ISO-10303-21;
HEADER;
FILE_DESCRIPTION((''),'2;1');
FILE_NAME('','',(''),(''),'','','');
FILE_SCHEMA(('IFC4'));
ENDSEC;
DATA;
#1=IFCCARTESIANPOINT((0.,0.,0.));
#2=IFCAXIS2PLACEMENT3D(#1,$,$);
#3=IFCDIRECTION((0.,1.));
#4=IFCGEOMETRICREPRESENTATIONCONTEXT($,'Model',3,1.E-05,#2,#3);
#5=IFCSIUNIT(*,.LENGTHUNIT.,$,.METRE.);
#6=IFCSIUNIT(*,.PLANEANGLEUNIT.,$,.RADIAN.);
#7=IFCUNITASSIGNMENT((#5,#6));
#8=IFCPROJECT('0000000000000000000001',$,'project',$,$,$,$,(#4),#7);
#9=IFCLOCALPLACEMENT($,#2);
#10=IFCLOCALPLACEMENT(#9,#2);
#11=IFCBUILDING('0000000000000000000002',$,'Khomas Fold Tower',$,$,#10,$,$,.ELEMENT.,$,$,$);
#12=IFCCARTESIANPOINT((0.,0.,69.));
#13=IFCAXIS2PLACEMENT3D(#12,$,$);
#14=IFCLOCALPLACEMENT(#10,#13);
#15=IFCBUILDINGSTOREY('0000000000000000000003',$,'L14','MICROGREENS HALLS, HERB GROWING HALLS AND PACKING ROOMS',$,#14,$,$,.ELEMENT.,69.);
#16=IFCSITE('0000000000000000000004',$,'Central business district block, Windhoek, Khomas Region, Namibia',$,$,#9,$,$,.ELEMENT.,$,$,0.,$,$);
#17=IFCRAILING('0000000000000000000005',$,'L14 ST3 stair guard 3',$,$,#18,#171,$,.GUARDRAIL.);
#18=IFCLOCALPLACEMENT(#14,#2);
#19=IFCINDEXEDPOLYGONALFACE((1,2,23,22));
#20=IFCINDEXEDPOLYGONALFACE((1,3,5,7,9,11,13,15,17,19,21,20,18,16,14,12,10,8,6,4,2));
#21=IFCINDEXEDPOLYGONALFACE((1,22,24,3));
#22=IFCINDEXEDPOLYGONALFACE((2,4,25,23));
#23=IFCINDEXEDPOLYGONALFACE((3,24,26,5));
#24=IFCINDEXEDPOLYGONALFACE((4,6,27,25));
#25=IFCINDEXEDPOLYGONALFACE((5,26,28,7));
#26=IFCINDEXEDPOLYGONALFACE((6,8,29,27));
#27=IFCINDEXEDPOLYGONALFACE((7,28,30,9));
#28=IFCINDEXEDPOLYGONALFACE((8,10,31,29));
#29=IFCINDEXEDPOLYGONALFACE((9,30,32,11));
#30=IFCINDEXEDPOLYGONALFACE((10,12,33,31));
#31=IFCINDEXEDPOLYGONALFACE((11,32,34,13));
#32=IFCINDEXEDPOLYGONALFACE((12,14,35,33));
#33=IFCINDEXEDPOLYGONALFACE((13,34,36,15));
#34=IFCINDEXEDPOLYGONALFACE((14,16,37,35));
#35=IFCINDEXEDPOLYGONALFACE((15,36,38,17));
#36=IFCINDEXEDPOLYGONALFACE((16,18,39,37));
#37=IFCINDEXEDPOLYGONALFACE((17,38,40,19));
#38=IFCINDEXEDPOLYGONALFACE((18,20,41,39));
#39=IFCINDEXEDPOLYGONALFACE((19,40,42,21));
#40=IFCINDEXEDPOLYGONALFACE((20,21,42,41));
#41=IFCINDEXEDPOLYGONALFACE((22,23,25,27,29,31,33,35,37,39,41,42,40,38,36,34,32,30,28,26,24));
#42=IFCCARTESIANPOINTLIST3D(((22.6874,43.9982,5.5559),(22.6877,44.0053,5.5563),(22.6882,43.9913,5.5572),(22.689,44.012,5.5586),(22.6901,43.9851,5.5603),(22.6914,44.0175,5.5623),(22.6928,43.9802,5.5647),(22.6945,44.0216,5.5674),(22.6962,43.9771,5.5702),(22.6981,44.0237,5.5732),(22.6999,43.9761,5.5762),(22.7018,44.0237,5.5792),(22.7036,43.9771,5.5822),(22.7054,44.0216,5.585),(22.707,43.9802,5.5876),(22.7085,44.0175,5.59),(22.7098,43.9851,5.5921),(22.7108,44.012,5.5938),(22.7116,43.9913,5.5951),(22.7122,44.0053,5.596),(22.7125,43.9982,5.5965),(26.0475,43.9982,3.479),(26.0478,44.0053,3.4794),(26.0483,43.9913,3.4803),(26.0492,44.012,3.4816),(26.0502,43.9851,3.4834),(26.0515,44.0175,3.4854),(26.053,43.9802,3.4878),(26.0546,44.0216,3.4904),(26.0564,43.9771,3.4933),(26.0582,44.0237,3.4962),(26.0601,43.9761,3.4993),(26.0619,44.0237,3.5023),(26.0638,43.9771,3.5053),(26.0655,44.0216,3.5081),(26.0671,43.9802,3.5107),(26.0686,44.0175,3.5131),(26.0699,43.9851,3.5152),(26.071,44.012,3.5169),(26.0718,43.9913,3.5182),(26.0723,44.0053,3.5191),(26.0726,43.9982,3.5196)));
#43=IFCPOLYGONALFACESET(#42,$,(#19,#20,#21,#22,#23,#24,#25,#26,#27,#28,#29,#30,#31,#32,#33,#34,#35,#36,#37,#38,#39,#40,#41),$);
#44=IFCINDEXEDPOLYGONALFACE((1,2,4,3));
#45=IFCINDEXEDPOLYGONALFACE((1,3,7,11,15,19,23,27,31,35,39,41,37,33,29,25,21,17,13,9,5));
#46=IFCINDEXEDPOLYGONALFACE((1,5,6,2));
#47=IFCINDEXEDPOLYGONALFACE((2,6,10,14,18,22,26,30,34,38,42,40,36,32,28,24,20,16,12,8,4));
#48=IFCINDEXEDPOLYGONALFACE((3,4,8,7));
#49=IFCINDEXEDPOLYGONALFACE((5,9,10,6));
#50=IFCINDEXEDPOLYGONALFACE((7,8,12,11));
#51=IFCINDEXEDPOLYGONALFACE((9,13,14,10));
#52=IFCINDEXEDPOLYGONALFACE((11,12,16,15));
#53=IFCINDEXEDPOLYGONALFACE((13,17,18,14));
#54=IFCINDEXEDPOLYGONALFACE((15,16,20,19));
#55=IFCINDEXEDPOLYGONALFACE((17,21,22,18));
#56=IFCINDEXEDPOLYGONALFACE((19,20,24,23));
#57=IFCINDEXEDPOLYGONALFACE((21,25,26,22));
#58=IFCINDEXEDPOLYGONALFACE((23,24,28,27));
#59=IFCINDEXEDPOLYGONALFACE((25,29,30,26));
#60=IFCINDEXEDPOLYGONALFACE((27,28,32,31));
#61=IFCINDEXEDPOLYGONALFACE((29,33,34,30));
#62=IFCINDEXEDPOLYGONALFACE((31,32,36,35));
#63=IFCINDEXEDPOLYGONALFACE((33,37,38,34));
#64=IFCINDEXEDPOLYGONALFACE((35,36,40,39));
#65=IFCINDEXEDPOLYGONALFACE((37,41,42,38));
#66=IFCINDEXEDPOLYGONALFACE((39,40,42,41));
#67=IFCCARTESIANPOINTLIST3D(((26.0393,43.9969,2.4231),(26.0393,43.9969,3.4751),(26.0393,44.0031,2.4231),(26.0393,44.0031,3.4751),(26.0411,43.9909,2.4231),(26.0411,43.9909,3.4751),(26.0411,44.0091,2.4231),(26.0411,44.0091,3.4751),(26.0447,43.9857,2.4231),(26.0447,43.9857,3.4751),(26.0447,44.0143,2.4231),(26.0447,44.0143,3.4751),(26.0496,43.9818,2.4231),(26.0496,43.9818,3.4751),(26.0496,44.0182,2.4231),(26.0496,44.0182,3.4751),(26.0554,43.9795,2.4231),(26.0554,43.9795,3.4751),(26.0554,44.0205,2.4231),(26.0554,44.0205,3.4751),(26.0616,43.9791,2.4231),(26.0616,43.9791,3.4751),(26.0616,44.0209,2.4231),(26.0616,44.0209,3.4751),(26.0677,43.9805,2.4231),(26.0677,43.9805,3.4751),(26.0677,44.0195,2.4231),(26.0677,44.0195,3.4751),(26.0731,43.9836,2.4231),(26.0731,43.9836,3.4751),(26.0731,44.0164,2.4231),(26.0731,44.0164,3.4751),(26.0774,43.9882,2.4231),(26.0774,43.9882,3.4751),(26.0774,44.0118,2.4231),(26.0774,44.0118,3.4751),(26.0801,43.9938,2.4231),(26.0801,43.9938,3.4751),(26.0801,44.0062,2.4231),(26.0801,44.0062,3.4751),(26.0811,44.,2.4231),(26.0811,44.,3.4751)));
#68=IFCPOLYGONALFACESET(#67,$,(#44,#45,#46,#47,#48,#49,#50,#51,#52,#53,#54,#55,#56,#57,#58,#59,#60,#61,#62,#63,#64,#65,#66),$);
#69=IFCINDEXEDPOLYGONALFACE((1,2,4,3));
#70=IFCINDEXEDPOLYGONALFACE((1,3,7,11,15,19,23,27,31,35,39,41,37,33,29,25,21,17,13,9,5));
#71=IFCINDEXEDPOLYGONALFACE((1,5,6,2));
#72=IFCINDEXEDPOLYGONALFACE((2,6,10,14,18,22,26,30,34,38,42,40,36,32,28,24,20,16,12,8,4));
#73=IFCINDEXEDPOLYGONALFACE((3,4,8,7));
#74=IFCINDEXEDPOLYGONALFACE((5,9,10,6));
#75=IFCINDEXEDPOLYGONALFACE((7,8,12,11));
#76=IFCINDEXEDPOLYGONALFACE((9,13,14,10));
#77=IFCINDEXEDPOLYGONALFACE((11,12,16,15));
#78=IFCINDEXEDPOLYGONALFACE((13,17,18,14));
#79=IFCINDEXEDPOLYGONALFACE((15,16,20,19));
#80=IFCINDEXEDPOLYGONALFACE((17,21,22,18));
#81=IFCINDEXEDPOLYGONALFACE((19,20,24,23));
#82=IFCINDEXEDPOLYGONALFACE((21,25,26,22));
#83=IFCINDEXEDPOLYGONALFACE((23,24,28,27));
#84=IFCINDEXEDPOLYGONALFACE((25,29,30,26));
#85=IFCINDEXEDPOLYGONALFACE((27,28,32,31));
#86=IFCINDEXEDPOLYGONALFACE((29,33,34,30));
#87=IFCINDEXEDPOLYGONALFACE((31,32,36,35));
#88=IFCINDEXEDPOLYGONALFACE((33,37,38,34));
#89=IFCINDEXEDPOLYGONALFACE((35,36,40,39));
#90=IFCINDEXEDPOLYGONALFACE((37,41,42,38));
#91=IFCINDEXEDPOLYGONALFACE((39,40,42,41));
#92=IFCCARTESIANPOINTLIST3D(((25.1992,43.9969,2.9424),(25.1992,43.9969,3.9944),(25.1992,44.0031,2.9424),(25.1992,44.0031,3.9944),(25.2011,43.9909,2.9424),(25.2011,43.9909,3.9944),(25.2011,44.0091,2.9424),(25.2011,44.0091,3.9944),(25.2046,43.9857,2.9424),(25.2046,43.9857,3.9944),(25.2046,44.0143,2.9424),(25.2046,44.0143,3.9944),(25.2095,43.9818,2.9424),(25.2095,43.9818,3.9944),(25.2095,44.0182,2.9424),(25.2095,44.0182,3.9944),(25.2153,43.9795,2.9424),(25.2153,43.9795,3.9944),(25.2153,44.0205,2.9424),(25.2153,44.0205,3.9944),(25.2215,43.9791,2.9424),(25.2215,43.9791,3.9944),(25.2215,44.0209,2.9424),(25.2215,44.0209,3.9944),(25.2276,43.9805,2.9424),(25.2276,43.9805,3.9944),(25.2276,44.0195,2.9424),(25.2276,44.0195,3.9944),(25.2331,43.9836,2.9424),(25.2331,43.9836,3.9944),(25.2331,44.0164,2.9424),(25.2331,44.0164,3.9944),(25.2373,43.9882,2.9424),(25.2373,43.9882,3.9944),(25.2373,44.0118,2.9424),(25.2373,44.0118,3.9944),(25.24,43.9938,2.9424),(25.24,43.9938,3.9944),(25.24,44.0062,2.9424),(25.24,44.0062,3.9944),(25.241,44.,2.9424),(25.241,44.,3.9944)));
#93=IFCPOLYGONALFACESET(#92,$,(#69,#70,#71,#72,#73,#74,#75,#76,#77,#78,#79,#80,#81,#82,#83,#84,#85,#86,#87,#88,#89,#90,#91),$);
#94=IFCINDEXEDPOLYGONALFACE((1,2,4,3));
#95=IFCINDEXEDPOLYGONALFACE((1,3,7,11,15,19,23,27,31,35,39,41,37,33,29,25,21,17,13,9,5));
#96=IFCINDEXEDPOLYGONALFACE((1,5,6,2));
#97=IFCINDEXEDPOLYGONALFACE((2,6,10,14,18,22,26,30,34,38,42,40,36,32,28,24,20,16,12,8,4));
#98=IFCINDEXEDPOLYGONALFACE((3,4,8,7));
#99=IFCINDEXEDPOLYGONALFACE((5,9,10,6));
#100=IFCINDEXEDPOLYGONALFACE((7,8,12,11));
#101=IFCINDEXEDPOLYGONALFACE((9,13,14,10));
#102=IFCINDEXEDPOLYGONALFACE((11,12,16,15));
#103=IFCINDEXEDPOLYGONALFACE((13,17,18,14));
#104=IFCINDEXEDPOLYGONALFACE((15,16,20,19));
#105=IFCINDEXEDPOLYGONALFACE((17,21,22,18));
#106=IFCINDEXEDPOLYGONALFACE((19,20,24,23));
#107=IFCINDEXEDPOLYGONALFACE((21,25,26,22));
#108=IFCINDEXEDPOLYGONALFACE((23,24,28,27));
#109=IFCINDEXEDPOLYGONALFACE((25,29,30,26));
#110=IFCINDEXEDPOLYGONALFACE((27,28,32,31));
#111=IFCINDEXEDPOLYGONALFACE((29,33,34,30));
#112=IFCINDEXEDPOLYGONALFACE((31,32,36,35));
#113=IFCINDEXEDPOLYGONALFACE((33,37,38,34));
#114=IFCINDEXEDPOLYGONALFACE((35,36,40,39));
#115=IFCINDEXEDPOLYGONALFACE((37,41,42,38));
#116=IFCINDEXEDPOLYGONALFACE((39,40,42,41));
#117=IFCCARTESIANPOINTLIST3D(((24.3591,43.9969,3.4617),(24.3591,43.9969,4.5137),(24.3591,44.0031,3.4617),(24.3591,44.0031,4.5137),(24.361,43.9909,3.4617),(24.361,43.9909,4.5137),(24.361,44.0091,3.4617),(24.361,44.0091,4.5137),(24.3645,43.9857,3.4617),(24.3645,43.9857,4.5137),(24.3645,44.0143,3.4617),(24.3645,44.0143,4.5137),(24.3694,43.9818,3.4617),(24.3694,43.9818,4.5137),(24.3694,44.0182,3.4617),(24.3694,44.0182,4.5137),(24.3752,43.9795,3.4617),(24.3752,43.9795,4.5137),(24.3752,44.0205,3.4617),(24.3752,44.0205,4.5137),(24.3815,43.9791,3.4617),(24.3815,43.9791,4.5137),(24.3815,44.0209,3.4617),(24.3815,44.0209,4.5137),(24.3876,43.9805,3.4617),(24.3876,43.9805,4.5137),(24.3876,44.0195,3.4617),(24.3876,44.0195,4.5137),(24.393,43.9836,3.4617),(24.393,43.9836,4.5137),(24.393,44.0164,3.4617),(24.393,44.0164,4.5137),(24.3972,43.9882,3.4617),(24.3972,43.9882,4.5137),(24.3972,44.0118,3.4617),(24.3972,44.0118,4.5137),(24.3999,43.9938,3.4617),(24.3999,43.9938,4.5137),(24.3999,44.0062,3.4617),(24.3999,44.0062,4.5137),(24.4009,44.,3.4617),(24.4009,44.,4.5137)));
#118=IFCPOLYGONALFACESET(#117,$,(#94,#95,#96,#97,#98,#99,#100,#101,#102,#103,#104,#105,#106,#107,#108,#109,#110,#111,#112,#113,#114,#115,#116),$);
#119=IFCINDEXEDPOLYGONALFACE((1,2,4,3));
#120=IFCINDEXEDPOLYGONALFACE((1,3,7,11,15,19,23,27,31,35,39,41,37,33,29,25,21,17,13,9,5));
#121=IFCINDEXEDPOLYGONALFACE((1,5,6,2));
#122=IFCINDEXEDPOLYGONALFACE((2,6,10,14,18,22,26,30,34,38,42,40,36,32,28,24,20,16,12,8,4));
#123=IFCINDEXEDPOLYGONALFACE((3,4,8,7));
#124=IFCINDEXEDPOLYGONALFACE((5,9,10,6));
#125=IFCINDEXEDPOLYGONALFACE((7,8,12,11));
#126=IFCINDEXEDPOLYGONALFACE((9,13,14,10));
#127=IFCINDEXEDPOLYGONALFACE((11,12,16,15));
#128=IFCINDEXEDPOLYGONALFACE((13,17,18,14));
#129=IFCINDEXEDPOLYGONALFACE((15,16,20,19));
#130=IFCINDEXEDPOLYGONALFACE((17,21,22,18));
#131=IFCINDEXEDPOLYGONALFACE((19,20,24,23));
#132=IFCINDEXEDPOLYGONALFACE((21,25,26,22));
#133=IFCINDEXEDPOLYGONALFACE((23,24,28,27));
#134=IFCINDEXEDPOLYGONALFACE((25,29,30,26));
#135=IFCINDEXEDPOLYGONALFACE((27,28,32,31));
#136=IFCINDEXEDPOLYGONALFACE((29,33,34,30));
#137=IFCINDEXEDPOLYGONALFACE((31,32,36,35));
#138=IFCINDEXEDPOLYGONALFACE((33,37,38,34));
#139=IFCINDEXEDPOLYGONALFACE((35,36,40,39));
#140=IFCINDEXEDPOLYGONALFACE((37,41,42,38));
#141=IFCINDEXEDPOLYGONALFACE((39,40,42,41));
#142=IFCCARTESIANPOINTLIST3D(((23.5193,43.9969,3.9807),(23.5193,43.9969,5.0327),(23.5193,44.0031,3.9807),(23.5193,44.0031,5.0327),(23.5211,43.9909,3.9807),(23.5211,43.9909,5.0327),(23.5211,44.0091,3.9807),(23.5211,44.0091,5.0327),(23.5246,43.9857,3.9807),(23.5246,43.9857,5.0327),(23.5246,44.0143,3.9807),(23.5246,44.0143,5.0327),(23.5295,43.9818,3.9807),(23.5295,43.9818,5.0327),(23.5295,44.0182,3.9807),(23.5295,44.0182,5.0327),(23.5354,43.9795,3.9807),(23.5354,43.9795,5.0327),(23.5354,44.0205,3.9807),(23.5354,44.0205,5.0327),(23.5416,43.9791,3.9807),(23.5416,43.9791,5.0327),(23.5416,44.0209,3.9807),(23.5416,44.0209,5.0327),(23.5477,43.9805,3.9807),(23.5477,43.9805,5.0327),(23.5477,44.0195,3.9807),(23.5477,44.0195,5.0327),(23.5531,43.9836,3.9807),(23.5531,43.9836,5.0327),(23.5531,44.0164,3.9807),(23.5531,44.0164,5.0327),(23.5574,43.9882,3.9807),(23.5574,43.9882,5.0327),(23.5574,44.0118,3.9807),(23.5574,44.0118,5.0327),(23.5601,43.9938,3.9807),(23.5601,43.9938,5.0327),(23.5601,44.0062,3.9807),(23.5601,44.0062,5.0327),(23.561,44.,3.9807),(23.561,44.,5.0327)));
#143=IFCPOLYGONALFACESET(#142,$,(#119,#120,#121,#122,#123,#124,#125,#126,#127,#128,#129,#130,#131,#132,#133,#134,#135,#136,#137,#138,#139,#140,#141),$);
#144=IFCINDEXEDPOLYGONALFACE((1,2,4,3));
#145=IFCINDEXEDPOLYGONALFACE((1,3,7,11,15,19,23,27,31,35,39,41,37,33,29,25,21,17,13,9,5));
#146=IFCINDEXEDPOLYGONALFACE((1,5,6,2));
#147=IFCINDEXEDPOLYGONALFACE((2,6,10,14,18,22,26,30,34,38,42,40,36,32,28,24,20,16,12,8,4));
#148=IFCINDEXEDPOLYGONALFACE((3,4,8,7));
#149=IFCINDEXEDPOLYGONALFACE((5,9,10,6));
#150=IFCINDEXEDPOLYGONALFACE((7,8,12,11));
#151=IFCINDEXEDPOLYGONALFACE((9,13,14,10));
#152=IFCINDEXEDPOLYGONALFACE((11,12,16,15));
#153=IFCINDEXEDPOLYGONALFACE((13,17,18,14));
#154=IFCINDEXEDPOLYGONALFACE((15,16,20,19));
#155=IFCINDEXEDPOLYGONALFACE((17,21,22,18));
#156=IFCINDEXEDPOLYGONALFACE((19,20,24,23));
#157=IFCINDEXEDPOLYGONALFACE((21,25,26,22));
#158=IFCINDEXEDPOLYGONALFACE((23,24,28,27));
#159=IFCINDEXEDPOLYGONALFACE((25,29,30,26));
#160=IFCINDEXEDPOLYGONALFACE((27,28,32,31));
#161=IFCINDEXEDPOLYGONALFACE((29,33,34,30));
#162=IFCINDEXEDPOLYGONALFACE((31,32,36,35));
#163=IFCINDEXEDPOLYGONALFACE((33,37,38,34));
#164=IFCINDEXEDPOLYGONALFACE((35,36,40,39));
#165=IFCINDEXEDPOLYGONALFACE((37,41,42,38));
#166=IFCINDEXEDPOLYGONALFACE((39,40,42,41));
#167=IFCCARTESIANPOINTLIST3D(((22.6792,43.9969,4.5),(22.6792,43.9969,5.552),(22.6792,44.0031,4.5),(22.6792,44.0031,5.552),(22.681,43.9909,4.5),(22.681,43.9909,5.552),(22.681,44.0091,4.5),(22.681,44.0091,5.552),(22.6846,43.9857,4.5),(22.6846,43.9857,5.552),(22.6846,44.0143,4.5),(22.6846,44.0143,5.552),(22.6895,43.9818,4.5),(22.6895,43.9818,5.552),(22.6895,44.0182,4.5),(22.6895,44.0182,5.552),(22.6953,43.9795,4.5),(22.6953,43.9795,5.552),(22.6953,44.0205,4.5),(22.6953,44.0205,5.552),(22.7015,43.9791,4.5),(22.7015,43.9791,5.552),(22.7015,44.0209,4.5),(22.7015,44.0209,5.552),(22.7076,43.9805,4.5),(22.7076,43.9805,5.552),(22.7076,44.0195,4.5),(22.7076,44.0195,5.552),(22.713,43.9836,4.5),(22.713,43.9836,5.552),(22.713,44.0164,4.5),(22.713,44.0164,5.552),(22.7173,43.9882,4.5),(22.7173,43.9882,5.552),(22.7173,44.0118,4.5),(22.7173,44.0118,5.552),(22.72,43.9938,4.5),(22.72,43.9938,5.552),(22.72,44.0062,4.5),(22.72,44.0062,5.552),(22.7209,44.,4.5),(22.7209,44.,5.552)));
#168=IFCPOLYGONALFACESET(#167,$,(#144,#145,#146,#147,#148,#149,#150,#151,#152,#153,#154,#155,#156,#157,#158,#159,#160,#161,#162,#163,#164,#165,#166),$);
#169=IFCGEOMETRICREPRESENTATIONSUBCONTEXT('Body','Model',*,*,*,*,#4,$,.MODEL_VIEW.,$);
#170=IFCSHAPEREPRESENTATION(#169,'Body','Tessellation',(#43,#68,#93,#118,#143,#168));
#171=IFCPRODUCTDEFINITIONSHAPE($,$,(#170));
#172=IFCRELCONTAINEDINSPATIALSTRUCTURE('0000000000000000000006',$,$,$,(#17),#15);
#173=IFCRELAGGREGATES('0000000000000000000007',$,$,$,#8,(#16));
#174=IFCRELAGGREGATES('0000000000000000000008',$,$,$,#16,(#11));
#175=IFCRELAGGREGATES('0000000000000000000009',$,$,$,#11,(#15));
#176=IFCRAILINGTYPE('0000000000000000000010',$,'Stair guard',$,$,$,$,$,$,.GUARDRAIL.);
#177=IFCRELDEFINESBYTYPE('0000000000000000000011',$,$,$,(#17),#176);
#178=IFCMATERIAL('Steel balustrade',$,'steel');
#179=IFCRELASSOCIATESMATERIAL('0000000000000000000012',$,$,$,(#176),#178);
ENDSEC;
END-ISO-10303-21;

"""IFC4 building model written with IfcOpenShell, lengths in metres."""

from ifc_helpers import new_model, si_unit, direction, frame, origin, origin_2d, place, context, subcontext, project, spatial, circle, extrude, source, transform, mapped, material, type_object, element, save


model = new_model("IFC4")

# Units and contexts
model_context = context("Model", 3, precision=1e-05, world=origin(), true_north=direction((0.0, 1.0)))
body_context = subcontext(model_context, "Body", "Model", "MODEL_VIEW")
ifc_project = project(units=[si_unit("LENGTHUNIT", "METRE"), si_unit("PLANEANGLEUNIT", "RADIAN")], contexts=[model_context])

# Site, building, storey
site_placement = place(None, origin())
site = spatial("IfcSite", under=ifc_project, at=site_placement, Name="Central business district block, Windhoek, Khomas Region, Namibia", CompositionType="ELEMENT", RefElevation=0.0)
building_placement = place(site_placement, origin())
building = spatial("IfcBuilding", under=site, at=building_placement, Name="Khomas Fold Tower", CompositionType="ELEMENT")
storey_placement = place(building_placement, frame((0.0, 0.0, 69.0)))
storey = spatial("IfcBuildingStorey", under=building, at=storey_placement, Name="L14", Description="MICROGREENS HALLS, HERB GROWING HALLS AND PACKING ROOMS", CompositionType="ELEMENT", Elevation=69.0)

# Railing
ifc_material_1 = material(Name="Steel balustrade", Category="steel")
railing_type_1 = type_object("IfcRailingType", Name="Stair guard", PredefinedType="GUARDRAIL", material=ifc_material_1)
shared_shape_1 = source(origin(), body_context, "Body", "SweptSolid", [
    extrude(circle(Radius=0.0239, at=origin_2d()), frame((0.0, 0.0, 1.0762), z_axis=(-0.850623, 0.0, 0.525776), x_axis=(0.0, -1.0, 0.0)), (0.0, 0.0, 1.0), 3.9502),
    extrude(circle(Radius=0.021, at=origin_2d()), origin(), (0.0, 0.0, 1.0), 1.052),
    extrude(circle(Radius=0.021, at=origin_2d()), frame((-0.8401, 0.0, 0.5193)), (0.0, 0.0, 1.0), 1.052),
    extrude(circle(Radius=0.021, at=origin_2d()), frame((-1.6802, 0.0, 1.0386)), (0.0, 0.0, 1.0), 1.052),
    extrude(circle(Radius=0.021, at=origin_2d()), frame((-2.52, 0.0, 1.5576)), (0.0, 0.0, 1.0), 1.052),
    extrude(circle(Radius=0.021, at=origin_2d()), frame((-3.3601, 0.0, 2.0769)), (0.0, 0.0, 1.0), 1.052),
])
railing_1_placement = place(storey_placement, frame((26.0601, 44.0, 2.4231)))
element("IfcRailing", 1, at=railing_1_placement, inside=storey, type_object=railing_type_1, Name="L14 ST3 stair guard 3", PredefinedType="GUARDRAIL", context=body_context, shape_type="MappedRepresentation", body=[
    mapped(shared_shape_1, transform((0.0, 0.0, 0.0))),
])

save(model, "model.ifc")
